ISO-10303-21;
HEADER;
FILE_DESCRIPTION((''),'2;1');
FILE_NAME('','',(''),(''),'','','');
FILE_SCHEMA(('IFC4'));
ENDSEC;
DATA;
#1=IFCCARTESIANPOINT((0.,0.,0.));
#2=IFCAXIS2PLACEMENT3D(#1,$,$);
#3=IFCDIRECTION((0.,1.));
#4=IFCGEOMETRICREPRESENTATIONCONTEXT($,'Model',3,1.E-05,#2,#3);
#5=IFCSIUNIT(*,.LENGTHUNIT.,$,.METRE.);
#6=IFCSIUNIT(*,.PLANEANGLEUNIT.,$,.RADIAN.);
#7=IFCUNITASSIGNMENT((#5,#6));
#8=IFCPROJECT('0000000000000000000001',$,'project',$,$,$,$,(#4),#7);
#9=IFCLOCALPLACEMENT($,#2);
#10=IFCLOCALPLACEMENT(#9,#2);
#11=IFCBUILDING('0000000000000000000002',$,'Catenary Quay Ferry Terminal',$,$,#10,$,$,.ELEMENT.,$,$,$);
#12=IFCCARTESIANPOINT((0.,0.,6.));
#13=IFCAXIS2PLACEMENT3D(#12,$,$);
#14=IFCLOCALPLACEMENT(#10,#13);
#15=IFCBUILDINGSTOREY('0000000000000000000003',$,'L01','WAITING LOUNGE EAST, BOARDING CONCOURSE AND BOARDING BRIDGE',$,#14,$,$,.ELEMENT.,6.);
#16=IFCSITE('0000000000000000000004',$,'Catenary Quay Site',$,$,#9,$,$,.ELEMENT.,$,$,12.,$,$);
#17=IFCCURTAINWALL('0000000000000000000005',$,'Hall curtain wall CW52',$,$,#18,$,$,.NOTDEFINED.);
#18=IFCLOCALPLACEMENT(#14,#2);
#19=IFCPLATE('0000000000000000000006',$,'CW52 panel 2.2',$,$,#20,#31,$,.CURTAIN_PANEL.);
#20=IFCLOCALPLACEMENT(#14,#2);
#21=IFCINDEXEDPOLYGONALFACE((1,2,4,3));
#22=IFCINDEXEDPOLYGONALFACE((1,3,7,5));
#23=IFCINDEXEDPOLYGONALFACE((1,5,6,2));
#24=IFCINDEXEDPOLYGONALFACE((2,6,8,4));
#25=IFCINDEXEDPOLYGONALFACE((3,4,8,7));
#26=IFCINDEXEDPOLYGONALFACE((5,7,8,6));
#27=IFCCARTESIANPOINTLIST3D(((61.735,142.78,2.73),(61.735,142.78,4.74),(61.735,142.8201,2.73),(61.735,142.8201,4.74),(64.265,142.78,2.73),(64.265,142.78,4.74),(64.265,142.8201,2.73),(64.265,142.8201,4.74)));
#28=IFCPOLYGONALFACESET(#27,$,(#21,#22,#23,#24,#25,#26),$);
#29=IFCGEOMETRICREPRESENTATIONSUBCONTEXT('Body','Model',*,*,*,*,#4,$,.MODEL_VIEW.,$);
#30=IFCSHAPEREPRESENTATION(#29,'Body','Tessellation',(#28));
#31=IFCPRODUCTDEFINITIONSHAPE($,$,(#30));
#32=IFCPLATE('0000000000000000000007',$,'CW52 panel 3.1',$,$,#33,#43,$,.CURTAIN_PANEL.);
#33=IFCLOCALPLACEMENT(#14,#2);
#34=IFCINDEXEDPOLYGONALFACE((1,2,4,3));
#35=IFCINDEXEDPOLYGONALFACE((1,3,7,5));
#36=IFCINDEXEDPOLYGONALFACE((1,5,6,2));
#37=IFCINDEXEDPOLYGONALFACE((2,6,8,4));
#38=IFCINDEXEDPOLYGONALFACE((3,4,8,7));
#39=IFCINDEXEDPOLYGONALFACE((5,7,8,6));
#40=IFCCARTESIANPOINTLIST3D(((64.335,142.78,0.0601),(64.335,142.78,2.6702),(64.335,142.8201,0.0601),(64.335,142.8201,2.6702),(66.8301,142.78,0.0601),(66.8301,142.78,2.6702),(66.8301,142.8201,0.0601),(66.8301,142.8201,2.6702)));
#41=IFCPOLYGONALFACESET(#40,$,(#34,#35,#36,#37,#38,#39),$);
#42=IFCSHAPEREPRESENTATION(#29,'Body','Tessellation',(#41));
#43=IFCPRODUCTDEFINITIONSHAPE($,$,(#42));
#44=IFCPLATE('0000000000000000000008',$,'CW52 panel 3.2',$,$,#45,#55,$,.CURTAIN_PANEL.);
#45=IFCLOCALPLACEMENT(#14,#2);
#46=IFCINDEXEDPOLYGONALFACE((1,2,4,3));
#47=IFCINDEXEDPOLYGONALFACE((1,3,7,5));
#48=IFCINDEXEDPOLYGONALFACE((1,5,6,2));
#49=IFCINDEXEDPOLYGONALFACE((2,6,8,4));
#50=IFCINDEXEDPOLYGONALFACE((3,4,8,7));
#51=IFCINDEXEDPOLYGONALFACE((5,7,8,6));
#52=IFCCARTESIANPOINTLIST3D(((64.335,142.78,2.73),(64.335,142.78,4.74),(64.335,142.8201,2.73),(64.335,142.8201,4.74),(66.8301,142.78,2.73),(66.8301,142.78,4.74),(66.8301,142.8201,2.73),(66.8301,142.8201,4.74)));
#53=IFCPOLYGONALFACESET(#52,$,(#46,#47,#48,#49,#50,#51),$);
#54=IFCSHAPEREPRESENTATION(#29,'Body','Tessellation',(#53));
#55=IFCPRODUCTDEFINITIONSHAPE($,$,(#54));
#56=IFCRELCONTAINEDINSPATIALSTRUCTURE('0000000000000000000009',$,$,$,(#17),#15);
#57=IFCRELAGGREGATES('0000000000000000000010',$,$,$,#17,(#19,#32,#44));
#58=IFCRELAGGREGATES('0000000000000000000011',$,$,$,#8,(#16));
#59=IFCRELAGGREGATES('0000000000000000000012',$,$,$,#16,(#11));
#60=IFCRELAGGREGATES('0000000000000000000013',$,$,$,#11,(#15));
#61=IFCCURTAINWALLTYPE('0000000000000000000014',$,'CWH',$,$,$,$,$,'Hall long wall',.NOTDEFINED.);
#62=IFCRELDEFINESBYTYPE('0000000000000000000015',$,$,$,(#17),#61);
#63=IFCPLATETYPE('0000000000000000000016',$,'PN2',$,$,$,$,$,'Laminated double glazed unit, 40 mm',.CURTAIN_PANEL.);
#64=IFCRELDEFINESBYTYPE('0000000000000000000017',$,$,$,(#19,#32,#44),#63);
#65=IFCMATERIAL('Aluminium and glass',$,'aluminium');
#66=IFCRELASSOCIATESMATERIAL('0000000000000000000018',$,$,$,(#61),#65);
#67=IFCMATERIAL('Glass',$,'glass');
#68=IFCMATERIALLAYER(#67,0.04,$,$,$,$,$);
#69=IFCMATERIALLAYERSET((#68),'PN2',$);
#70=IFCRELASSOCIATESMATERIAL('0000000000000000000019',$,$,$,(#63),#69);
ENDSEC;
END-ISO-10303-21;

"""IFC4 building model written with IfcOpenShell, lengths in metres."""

from ifc_helpers import new_model, si_unit, direction, frame, origin, origin_2d, place, context, subcontext, project, spatial, rectangle, extrude, material, layer, layer_set, type_object, element, aggregate, save


model = new_model("IFC4")

# Units and contexts
model_context = context("Model", 3, precision=1e-05, world=origin(), true_north=direction((0.0, 1.0)))
body_context = subcontext(model_context, "Body", "Model", "MODEL_VIEW")
ifc_project = project(units=[si_unit("LENGTHUNIT", "METRE"), si_unit("PLANEANGLEUNIT", "RADIAN")], contexts=[model_context])

# Site, building, storey
site_placement = place(None, origin())
site = spatial("IfcSite", under=ifc_project, at=site_placement, Name="Catenary Quay Site", CompositionType="ELEMENT", RefElevation=12.0)
building_placement = place(site_placement, origin())
building = spatial("IfcBuilding", under=site, at=building_placement, Name="Catenary Quay Ferry Terminal", CompositionType="ELEMENT")
storey_placement = place(building_placement, frame((0.0, 0.0, 6.0)))
storey = spatial("IfcBuildingStorey", under=building, at=storey_placement, Name="L01", Description="WAITING LOUNGE EAST, BOARDING CONCOURSE AND BOARDING BRIDGE", CompositionType="ELEMENT", Elevation=6.0)

# Shared definitions
ifc_material_1 = material(Name="Aluminium and glass", Category="aluminium")
curtain_wall_type = type_object("IfcCurtainWallType", Name="CWH", ElementType="Hall long wall", PredefinedType="NOTDEFINED", material=ifc_material_1)

# Curtain wall, plates
curtain_wall_1_placement = place(storey_placement, origin())
curtain_wall_1 = element("IfcCurtainWall", 1, at=curtain_wall_1_placement, inside=storey, type_object=curtain_wall_type, Name="Hall curtain wall CW52", PredefinedType="NOTDEFINED")
ifc_material_2 = material(Name="Glass", Category="glass")
ifc_layer = layer(ifc_material_2, 0.04)
ifc_layer_set = layer_set([ifc_layer], Name="PN2")
plate_type = type_object("IfcPlateType", Name="PN2", ElementType="Laminated double glazed unit, 40 mm", PredefinedType="CURTAIN_PANEL", material=ifc_layer_set)
plate_1_placement = place(storey_placement, frame((63.0, 142.8, 2.73), z_axis=(0.0, 0.0, 1.0), x_axis=(1.0, 0.0, 0.0)))
plate_1 = element("IfcPlate", 2, at=plate_1_placement, type_object=plate_type, Name="CW52 panel 2.2", PredefinedType="CURTAIN_PANEL", context=body_context, shape_type="SweptSolid", body=[
    extrude(rectangle(XDim=2.53, YDim=0.04, at=origin_2d()), origin(), (0.0, 0.0, 1.0), 2.01),
])
plate_2_placement = place(storey_placement, frame((65.5825, 142.8, 0.0601), z_axis=(0.0, 0.0, 1.0), x_axis=(1.0, 0.0, 0.0)))
plate_2 = element("IfcPlate", 3, at=plate_2_placement, type_object=plate_type, Name="CW52 panel 3.1", PredefinedType="CURTAIN_PANEL", context=body_context, shape_type="SweptSolid", body=[
    extrude(rectangle(XDim=2.4951, YDim=0.04, at=origin_2d()), origin(), (0.0, 0.0, 1.0), 2.6101),
])
plate_3_placement = place(storey_placement, frame((65.5825, 142.8, 2.73), z_axis=(0.0, 0.0, 1.0), x_axis=(1.0, 0.0, 0.0)))
plate_3 = element("IfcPlate", 4, at=plate_3_placement, type_object=plate_type, Name="CW52 panel 3.2", PredefinedType="CURTAIN_PANEL", context=body_context, shape_type="SweptSolid", body=[
    extrude(rectangle(XDim=2.4951, YDim=0.04, at=origin_2d()), origin(), (0.0, 0.0, 1.0), 2.01),
])
aggregate(curtain_wall_1, [plate_1, plate_2, plate_3])

save(model, "model.ifc")
